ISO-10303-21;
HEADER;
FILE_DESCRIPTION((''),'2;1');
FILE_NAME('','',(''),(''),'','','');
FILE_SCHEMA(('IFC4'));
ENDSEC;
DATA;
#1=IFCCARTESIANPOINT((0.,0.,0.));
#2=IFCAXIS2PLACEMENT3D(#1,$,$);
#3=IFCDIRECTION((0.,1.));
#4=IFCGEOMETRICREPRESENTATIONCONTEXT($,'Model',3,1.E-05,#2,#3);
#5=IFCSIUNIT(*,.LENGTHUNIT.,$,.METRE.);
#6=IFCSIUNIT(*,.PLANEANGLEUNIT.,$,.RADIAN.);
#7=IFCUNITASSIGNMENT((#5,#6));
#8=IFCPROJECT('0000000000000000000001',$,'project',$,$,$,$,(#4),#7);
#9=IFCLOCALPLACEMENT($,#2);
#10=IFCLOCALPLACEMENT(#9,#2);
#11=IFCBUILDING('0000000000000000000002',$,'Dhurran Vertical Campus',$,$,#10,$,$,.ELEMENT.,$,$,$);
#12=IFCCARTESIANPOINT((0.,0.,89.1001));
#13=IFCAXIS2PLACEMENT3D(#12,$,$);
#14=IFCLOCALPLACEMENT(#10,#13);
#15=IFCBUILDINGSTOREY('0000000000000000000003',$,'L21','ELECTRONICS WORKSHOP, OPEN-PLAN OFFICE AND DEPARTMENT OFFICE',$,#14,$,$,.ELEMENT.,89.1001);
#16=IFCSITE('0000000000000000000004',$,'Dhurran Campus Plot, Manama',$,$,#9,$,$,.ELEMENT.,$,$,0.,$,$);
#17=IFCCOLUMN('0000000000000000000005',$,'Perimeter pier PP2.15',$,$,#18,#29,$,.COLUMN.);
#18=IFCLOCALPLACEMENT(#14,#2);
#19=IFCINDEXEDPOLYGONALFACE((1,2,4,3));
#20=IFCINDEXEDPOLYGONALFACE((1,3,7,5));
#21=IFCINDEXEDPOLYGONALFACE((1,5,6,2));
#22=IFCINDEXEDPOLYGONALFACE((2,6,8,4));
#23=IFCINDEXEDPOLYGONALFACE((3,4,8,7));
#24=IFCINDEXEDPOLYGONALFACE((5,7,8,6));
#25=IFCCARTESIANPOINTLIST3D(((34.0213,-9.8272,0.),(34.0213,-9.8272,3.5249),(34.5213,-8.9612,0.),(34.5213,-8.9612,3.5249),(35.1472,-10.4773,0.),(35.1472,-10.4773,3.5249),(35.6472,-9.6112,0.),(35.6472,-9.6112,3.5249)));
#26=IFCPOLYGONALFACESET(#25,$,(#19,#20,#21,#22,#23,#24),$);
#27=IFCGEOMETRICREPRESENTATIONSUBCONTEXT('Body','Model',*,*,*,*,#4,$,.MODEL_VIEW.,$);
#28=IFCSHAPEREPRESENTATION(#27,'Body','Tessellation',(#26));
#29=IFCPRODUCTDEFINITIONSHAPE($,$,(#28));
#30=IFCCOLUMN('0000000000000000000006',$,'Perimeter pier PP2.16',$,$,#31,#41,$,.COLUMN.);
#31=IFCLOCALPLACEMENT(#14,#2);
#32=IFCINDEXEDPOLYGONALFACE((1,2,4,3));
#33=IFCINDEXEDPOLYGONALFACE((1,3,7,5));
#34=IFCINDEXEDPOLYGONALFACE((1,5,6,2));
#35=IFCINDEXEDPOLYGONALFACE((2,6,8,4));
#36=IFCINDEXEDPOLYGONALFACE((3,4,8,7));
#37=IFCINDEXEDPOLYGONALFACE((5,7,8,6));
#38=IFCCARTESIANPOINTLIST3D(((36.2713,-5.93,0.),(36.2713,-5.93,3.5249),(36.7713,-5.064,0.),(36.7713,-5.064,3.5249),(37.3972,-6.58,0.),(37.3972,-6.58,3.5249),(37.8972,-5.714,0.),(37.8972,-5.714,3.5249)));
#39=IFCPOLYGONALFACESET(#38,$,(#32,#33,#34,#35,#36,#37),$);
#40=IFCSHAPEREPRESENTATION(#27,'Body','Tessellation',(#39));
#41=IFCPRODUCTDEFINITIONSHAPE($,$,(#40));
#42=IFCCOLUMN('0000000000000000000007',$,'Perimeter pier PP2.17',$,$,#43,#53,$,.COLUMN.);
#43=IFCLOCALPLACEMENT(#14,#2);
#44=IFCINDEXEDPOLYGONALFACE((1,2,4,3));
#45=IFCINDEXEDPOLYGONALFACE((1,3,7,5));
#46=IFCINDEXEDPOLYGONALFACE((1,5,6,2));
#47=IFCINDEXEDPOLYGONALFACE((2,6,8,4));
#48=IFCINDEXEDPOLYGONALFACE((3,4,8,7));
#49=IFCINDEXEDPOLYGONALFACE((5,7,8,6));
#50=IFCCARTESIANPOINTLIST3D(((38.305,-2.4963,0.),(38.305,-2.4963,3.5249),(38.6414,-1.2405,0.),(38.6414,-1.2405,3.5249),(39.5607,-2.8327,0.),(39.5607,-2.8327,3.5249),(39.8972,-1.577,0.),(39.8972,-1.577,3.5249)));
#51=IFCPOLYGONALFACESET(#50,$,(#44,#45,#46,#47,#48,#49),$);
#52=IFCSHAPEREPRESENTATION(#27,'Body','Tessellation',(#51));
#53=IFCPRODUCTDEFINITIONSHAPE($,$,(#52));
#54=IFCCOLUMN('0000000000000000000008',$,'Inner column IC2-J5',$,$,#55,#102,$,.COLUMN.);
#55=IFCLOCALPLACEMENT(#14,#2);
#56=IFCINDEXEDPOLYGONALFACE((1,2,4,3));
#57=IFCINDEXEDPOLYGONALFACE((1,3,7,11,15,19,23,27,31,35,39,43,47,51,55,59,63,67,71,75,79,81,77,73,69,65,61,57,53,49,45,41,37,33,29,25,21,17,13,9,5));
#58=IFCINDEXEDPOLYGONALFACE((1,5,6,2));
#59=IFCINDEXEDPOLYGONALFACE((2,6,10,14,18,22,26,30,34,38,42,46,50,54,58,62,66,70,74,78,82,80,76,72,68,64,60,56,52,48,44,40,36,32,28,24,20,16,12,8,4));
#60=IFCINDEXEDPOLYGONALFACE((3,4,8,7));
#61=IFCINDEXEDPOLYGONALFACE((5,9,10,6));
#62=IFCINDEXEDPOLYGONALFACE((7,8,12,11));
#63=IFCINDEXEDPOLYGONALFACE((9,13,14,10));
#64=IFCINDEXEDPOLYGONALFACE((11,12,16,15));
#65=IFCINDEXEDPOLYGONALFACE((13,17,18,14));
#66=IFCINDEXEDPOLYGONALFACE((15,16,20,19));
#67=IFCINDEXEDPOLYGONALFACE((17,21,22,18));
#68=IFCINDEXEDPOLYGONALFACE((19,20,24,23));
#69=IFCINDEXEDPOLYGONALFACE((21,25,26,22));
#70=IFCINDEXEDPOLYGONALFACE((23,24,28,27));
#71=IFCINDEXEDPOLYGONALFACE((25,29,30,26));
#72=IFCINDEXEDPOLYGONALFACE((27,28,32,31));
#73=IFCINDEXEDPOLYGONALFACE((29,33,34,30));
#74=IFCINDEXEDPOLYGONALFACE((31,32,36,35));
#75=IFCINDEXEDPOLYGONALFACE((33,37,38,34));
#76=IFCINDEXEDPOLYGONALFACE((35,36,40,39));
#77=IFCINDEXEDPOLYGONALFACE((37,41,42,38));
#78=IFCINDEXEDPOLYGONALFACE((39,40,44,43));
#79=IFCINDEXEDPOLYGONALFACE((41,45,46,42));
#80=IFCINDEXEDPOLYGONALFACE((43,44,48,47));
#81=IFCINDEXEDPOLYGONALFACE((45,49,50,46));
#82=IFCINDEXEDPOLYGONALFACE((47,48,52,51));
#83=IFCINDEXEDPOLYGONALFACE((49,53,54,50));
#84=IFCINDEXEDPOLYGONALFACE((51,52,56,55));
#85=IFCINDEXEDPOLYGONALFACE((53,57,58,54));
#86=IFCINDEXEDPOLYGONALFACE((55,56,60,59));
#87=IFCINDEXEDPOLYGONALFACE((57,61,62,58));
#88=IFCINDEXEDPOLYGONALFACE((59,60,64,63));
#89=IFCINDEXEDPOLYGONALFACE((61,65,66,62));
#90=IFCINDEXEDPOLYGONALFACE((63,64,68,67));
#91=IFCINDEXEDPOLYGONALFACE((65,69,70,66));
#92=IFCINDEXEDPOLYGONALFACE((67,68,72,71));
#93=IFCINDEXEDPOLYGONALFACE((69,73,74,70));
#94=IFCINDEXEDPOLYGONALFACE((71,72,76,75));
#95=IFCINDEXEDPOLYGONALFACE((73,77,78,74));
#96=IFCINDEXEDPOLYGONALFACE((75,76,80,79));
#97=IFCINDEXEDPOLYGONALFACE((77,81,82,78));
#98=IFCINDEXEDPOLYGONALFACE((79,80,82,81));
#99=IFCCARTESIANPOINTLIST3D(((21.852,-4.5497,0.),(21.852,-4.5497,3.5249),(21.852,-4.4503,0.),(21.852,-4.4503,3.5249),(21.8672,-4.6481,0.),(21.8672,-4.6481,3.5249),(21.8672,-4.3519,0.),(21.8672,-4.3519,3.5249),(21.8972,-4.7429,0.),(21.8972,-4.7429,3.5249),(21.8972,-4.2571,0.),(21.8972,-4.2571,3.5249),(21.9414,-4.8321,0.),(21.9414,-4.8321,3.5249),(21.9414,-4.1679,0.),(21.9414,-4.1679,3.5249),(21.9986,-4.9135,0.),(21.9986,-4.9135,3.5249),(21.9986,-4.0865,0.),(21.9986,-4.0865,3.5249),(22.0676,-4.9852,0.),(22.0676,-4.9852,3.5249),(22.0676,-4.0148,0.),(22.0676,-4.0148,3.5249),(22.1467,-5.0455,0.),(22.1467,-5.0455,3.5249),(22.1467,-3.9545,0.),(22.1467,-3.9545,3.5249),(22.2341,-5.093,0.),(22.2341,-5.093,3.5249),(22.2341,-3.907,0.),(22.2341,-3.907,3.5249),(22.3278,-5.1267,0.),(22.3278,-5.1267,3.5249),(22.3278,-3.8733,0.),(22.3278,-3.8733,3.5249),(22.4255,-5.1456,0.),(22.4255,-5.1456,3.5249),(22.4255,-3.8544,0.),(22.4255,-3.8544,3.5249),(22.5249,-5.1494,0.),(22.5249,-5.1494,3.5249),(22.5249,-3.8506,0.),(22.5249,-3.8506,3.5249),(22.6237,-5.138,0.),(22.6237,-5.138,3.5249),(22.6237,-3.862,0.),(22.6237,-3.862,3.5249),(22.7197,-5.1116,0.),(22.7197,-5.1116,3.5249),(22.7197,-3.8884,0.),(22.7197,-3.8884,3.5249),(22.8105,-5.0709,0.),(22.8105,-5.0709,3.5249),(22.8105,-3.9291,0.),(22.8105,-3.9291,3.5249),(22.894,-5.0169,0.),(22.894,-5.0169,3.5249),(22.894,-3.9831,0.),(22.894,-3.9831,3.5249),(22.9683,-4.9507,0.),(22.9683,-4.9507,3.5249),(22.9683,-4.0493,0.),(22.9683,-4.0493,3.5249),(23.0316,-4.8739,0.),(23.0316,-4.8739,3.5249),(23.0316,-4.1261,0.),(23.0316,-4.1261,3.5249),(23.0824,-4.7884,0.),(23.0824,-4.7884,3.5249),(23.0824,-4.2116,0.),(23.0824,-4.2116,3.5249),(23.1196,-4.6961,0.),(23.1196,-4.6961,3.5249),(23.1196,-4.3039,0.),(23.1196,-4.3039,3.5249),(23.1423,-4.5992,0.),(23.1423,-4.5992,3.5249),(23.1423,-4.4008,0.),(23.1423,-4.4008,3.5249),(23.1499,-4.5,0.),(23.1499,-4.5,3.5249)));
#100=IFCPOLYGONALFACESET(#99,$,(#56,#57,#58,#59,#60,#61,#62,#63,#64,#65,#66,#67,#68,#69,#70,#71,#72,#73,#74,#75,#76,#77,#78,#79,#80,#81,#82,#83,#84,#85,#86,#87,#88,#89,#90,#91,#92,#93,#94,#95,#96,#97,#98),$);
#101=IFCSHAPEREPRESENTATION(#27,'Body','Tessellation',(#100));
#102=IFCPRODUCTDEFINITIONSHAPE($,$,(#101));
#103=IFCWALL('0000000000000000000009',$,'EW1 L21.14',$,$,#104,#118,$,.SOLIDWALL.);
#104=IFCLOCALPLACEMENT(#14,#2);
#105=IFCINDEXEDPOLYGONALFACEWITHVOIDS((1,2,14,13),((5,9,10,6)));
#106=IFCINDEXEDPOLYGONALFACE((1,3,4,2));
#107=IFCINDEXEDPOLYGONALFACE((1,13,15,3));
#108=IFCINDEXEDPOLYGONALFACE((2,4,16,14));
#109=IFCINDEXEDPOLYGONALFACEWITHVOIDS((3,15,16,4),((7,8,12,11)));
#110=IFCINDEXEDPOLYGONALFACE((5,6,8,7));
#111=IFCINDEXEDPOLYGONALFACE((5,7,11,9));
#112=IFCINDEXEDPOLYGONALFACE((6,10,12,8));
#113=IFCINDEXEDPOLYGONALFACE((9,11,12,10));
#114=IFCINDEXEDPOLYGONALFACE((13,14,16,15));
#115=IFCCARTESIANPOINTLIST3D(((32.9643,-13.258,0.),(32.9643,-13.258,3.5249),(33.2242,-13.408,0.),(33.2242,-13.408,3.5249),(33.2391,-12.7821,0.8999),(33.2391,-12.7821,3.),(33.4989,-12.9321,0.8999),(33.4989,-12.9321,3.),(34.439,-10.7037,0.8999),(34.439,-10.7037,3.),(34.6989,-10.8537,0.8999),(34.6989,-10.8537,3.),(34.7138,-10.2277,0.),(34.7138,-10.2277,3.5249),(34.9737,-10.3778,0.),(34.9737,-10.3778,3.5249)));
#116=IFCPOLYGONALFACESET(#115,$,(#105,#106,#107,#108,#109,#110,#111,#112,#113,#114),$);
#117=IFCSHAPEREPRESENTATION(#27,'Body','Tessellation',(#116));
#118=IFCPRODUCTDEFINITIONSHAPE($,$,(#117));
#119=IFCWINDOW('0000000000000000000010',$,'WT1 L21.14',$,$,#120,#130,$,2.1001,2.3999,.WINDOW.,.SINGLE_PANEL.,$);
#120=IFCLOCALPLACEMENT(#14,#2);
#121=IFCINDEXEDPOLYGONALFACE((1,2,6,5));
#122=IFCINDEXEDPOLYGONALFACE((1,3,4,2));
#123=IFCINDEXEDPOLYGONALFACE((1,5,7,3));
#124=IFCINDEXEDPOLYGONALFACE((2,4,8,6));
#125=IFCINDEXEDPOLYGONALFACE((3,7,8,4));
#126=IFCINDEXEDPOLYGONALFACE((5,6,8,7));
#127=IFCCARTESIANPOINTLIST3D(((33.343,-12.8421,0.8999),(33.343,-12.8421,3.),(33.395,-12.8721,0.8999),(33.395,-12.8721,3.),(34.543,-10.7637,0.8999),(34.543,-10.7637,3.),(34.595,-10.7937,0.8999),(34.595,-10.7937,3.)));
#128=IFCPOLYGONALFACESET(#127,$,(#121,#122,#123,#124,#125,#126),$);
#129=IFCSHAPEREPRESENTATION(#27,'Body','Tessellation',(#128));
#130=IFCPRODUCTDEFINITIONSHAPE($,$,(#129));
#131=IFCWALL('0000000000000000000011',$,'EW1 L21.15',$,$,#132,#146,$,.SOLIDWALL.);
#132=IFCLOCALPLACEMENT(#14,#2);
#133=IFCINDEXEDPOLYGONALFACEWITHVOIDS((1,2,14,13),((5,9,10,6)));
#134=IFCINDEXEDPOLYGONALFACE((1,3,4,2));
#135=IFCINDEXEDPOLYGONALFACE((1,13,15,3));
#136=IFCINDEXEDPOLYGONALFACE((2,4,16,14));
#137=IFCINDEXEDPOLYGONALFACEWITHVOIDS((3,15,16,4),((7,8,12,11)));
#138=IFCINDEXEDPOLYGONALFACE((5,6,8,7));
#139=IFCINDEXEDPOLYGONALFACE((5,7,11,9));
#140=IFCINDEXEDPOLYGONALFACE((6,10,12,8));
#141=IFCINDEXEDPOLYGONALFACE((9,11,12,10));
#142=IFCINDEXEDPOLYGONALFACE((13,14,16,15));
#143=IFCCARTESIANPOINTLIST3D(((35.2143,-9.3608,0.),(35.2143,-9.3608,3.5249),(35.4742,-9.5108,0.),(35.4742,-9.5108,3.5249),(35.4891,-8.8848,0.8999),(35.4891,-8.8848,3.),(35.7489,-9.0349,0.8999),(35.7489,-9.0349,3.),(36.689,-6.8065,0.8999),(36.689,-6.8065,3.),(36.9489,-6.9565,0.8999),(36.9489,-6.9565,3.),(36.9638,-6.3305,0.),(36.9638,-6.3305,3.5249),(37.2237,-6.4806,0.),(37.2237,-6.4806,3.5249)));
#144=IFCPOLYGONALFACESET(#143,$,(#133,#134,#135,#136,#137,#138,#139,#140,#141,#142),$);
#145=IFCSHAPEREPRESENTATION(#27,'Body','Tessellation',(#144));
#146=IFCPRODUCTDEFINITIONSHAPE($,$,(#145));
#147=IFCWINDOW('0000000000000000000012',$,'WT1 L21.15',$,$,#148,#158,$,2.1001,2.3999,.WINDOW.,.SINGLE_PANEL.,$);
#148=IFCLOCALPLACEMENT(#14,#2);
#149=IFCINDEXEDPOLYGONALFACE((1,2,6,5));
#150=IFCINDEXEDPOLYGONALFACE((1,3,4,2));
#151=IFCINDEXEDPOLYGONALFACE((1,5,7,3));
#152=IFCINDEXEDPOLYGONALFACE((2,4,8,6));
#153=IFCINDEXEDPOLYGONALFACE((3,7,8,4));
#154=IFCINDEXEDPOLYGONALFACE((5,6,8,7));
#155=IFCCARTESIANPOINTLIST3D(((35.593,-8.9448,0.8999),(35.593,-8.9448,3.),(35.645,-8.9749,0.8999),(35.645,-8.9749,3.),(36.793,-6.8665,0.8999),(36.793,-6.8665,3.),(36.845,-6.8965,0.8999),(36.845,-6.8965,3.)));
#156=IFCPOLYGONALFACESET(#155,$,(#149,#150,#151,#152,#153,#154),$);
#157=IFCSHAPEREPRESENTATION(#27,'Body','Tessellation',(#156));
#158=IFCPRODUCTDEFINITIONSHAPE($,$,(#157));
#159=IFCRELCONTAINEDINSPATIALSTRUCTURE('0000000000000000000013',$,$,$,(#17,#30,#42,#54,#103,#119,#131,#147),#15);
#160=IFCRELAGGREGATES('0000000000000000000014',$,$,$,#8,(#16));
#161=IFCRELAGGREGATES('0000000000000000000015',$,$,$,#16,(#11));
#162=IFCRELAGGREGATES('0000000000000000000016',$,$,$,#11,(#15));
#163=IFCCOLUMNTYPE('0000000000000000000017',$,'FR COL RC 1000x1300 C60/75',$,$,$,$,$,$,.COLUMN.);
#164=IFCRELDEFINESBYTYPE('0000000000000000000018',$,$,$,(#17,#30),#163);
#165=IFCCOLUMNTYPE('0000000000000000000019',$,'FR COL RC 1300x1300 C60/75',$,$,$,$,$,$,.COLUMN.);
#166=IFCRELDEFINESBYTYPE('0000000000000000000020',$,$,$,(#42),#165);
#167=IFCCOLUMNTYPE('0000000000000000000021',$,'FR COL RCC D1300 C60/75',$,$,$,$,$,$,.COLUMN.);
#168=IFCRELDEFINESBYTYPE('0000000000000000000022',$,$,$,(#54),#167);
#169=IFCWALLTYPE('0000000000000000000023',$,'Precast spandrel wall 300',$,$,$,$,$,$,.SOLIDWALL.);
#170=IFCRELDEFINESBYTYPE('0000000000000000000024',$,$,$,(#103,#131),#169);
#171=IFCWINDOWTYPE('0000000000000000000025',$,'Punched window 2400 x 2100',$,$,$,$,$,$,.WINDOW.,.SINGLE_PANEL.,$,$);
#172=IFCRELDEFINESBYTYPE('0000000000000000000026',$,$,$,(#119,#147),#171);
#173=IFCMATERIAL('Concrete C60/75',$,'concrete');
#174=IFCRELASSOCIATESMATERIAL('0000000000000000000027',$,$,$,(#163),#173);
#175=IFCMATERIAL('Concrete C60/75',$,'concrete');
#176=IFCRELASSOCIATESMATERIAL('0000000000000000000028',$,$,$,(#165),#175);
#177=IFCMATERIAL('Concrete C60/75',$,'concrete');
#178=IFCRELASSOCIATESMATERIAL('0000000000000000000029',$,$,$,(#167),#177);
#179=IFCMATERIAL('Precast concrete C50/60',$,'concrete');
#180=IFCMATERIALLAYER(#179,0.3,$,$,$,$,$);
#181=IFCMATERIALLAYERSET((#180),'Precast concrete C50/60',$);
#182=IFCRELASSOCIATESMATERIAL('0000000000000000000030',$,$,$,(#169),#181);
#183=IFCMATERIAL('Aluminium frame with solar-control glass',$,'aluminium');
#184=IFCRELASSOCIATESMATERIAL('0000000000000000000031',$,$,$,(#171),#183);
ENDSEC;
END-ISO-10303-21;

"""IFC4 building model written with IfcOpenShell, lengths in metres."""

from ifc_helpers import new_model, si_unit, direction, frame, frame_2d, origin, origin_2d, place, context, subcontext, project, spatial, rectangle, circle, extrude, material, layer, layer_set, material_profile, profile_set, type_object, element, fill, save


model = new_model("IFC4")

# Units and contexts
model_context = context("Model", 3, precision=1e-05, world=origin(), true_north=direction((0.0, 1.0)))
body_context = subcontext(model_context, "Body", "Model", "MODEL_VIEW")
ifc_project = project(units=[si_unit("LENGTHUNIT", "METRE"), si_unit("PLANEANGLEUNIT", "RADIAN")], contexts=[model_context])

# Site, building, storey
site_placement = place(None, origin())
site = spatial("IfcSite", under=ifc_project, at=site_placement, Name="Dhurran Campus Plot, Manama", CompositionType="ELEMENT", RefElevation=0.0)
building_placement = place(site_placement, origin())
building = spatial("IfcBuilding", under=site, at=building_placement, Name="Dhurran Vertical Campus", CompositionType="ELEMENT")
storey_placement = place(building_placement, frame((0.0, 0.0, 89.1001)))
storey = spatial("IfcBuildingStorey", under=building, at=storey_placement, Name="L21", Description="ELECTRONICS WORKSHOP, OPEN-PLAN OFFICE AND DEPARTMENT OFFICE", CompositionType="ELEMENT", Elevation=89.1001)

# Columns
ifc_material_1 = material(Name="Concrete C60/75", Category="concrete")
ifc_material_profile_1 = material_profile(ifc_material_1, rectangle(XDim=1.0, YDim=1.3, at=origin_2d()), Name="RC 1000x1300")
ifc_profile_set_1 = profile_set([ifc_material_profile_1], Name="Concrete C60/75")
column_type_1 = type_object("IfcColumnType", Name="FR COL RC 1000x1300 C60/75", PredefinedType="COLUMN", material=ifc_profile_set_1)
for number, where, z_axis, x_axis, name in (
    (1, (34.8342, -9.7192, 0.0), (0.0, 0.0, 1.0), (0.5, 0.866025, 0.0), "Perimeter pier PP2.15"),
    (2, (37.0842, -5.822, 0.0), (0.0, 0.0, 1.0), (0.5, 0.866025, 0.0), "Perimeter pier PP2.16"),
):
    element("IfcColumn", number, at=place(storey_placement, frame(where, z_axis=z_axis, x_axis=x_axis)), inside=storey, type_object=column_type_1, Name=name, PredefinedType="COLUMN", context=body_context, shape_type="SweptSolid", body=[
        extrude(rectangle(XDim=1.0, YDim=1.3, at=origin_2d()), origin(), (0.0, 0.0, 1.0), 3.5249),
    ])
ifc_material_2 = material(Name="Concrete C60/75", Category="concrete")
ifc_material_profile_2 = material_profile(ifc_material_2, rectangle(XDim=1.3, YDim=1.3, at=origin_2d()), Name="RC 1300x1300")
ifc_profile_set_2 = profile_set([ifc_material_profile_2], Name="Concrete C60/75")
column_type_2 = type_object("IfcColumnType", Name="FR COL RC 1300x1300 C60/75", PredefinedType="COLUMN", material=ifc_profile_set_2)
column_1_placement = place(storey_placement, frame((39.1011, -2.0366, 0.0), z_axis=(0.0, 0.0, 1.0), x_axis=(0.258819, 0.965926, 0.0)))
element("IfcColumn", 3, at=column_1_placement, inside=storey, type_object=column_type_2, Name="Perimeter pier PP2.17", PredefinedType="COLUMN", context=body_context, shape_type="SweptSolid", body=[
    extrude(rectangle(XDim=1.3, YDim=1.3, at=origin_2d()), origin(), (0.0, 0.0, 1.0), 3.5249),
])
ifc_material_3 = material(Name="Concrete C60/75", Category="concrete")
ifc_material_profile_3 = material_profile(ifc_material_3, circle(Radius=0.6499, at=origin_2d()), Name="RCC D1300")
ifc_profile_set_3 = profile_set([ifc_material_profile_3], Name="Concrete C60/75")
column_type_3 = type_object("IfcColumnType", Name="FR COL RCC D1300 C60/75", PredefinedType="COLUMN", material=ifc_profile_set_3)
column_2_placement = place(storey_placement, frame((22.5, -4.5, 0.0), z_axis=(0.0, 0.0, 1.0), x_axis=(1.0, 0.0, 0.0)))
element("IfcColumn", 4, at=column_2_placement, inside=storey, type_object=column_type_3, Name="Inner column IC2-J5", PredefinedType="COLUMN", context=body_context, shape_type="SweptSolid", body=[
    extrude(circle(Radius=0.6499, at=origin_2d()), origin(), (0.0, 0.0, 1.0), 3.5249),
])

# Walls, openings, windows
ifc_material_4 = material(Name="Precast concrete C50/60", Category="concrete")
ifc_layer_1 = layer(ifc_material_4, 0.3)
ifc_layer_set_1 = layer_set([ifc_layer_1], Name="Precast concrete C50/60")
wall_type_1 = type_object("IfcWallType", Name="Precast spandrel wall 300", PredefinedType="SOLIDWALL", material=ifc_layer_set_1)
wall_1_placement = place(storey_placement, frame((33.0942, -13.333, 0.0), z_axis=(0.0, 0.0, 1.0), x_axis=(0.499996, 0.866028, 0.0)))
wall_1 = element("IfcWall", 5, at=wall_1_placement, inside=storey, type_object=wall_type_1, Name="EW1 L21.14", PredefinedType="SOLIDWALL", context=body_context, shape_type="SweptSolid", body=[
    extrude(rectangle(XDim=3.499, YDim=0.3, at=frame_2d((1.7495, 0.0))), origin(), (0.0, 0.0, 1.0), 3.5249),
])
opening_1_placement = place(wall_1_placement, frame((0.5496, 0.0, 0.8999)))
opening_1 = element("IfcOpeningElement", 6, at=opening_1_placement, cuts=wall_1, PredefinedType="OPENING", context=body_context, shape_type="SweptSolid", body=[
    extrude(rectangle(XDim=2.3999, YDim=2.1001, at=frame_2d((1.2, 1.05))), frame((0.0, 0.1599, 0.0), z_axis=(0.0, -1.0, 0.0), x_axis=(1.0, 0.0, 0.0)), (0.0, 0.0, 1.0), 0.3201),
])
ifc_material_5 = material(Name="Aluminium frame with solar-control glass", Category="aluminium")
window_type = type_object("IfcWindowType", Name="Punched window 2400 x 2100", PartitioningType="SINGLE_PANEL", PredefinedType="WINDOW", material=ifc_material_5)
window_1_placement = place(opening_1_placement, origin())
window_1 = element("IfcWindow", 7, at=window_1_placement, inside=storey, type_object=window_type, Name="WT1 L21.14", OverallHeight=2.1001, OverallWidth=2.3999, PartitioningType="SINGLE_PANEL", PredefinedType="WINDOW", context=body_context, shape_type="SweptSolid", body=[
    extrude(rectangle(XDim=2.3999, YDim=2.1001, at=frame_2d((1.2, 1.05))), frame((0.0, 0.03, 0.0), z_axis=(0.0, -1.0, 0.0), x_axis=(1.0, 0.0, 0.0)), (0.0, 0.0, 1.0), 0.0601),
])
fill(opening_1, window_1)
wall_2_placement = place(storey_placement, frame((35.3442, -9.4358, 0.0), z_axis=(0.0, 0.0, 1.0), x_axis=(0.499996, 0.866028, 0.0)))
wall_2 = element("IfcWall", 8, at=wall_2_placement, inside=storey, type_object=wall_type_1, Name="EW1 L21.15", PredefinedType="SOLIDWALL", context=body_context, shape_type="SweptSolid", body=[
    extrude(rectangle(XDim=3.499, YDim=0.3, at=frame_2d((1.7495, 0.0))), origin(), (0.0, 0.0, 1.0), 3.5249),
])
opening_2_placement = place(wall_2_placement, frame((0.5496, 0.0, 0.8999)))
opening_2 = element("IfcOpeningElement", 9, at=opening_2_placement, cuts=wall_2, PredefinedType="OPENING", context=body_context, shape_type="SweptSolid", body=[
    extrude(rectangle(XDim=2.3999, YDim=2.1001, at=frame_2d((1.2, 1.05))), frame((0.0, 0.1599, 0.0), z_axis=(0.0, -1.0, 0.0), x_axis=(1.0, 0.0, 0.0)), (0.0, 0.0, 1.0), 0.3201),
])
window_2_placement = place(opening_2_placement, origin())
window_2 = element("IfcWindow", 10, at=window_2_placement, inside=storey, type_object=window_type, Name="WT1 L21.15", OverallHeight=2.1001, OverallWidth=2.3999, PartitioningType="SINGLE_PANEL", PredefinedType="WINDOW", context=body_context, shape_type="SweptSolid", body=[
    extrude(rectangle(XDim=2.3999, YDim=2.1001, at=frame_2d((1.2, 1.05))), frame((0.0, 0.03, 0.0), z_axis=(0.0, -1.0, 0.0), x_axis=(1.0, 0.0, 0.0)), (0.0, 0.0, 1.0), 0.0601),
])
fill(opening_2, window_2)

save(model, "model.ifc")
